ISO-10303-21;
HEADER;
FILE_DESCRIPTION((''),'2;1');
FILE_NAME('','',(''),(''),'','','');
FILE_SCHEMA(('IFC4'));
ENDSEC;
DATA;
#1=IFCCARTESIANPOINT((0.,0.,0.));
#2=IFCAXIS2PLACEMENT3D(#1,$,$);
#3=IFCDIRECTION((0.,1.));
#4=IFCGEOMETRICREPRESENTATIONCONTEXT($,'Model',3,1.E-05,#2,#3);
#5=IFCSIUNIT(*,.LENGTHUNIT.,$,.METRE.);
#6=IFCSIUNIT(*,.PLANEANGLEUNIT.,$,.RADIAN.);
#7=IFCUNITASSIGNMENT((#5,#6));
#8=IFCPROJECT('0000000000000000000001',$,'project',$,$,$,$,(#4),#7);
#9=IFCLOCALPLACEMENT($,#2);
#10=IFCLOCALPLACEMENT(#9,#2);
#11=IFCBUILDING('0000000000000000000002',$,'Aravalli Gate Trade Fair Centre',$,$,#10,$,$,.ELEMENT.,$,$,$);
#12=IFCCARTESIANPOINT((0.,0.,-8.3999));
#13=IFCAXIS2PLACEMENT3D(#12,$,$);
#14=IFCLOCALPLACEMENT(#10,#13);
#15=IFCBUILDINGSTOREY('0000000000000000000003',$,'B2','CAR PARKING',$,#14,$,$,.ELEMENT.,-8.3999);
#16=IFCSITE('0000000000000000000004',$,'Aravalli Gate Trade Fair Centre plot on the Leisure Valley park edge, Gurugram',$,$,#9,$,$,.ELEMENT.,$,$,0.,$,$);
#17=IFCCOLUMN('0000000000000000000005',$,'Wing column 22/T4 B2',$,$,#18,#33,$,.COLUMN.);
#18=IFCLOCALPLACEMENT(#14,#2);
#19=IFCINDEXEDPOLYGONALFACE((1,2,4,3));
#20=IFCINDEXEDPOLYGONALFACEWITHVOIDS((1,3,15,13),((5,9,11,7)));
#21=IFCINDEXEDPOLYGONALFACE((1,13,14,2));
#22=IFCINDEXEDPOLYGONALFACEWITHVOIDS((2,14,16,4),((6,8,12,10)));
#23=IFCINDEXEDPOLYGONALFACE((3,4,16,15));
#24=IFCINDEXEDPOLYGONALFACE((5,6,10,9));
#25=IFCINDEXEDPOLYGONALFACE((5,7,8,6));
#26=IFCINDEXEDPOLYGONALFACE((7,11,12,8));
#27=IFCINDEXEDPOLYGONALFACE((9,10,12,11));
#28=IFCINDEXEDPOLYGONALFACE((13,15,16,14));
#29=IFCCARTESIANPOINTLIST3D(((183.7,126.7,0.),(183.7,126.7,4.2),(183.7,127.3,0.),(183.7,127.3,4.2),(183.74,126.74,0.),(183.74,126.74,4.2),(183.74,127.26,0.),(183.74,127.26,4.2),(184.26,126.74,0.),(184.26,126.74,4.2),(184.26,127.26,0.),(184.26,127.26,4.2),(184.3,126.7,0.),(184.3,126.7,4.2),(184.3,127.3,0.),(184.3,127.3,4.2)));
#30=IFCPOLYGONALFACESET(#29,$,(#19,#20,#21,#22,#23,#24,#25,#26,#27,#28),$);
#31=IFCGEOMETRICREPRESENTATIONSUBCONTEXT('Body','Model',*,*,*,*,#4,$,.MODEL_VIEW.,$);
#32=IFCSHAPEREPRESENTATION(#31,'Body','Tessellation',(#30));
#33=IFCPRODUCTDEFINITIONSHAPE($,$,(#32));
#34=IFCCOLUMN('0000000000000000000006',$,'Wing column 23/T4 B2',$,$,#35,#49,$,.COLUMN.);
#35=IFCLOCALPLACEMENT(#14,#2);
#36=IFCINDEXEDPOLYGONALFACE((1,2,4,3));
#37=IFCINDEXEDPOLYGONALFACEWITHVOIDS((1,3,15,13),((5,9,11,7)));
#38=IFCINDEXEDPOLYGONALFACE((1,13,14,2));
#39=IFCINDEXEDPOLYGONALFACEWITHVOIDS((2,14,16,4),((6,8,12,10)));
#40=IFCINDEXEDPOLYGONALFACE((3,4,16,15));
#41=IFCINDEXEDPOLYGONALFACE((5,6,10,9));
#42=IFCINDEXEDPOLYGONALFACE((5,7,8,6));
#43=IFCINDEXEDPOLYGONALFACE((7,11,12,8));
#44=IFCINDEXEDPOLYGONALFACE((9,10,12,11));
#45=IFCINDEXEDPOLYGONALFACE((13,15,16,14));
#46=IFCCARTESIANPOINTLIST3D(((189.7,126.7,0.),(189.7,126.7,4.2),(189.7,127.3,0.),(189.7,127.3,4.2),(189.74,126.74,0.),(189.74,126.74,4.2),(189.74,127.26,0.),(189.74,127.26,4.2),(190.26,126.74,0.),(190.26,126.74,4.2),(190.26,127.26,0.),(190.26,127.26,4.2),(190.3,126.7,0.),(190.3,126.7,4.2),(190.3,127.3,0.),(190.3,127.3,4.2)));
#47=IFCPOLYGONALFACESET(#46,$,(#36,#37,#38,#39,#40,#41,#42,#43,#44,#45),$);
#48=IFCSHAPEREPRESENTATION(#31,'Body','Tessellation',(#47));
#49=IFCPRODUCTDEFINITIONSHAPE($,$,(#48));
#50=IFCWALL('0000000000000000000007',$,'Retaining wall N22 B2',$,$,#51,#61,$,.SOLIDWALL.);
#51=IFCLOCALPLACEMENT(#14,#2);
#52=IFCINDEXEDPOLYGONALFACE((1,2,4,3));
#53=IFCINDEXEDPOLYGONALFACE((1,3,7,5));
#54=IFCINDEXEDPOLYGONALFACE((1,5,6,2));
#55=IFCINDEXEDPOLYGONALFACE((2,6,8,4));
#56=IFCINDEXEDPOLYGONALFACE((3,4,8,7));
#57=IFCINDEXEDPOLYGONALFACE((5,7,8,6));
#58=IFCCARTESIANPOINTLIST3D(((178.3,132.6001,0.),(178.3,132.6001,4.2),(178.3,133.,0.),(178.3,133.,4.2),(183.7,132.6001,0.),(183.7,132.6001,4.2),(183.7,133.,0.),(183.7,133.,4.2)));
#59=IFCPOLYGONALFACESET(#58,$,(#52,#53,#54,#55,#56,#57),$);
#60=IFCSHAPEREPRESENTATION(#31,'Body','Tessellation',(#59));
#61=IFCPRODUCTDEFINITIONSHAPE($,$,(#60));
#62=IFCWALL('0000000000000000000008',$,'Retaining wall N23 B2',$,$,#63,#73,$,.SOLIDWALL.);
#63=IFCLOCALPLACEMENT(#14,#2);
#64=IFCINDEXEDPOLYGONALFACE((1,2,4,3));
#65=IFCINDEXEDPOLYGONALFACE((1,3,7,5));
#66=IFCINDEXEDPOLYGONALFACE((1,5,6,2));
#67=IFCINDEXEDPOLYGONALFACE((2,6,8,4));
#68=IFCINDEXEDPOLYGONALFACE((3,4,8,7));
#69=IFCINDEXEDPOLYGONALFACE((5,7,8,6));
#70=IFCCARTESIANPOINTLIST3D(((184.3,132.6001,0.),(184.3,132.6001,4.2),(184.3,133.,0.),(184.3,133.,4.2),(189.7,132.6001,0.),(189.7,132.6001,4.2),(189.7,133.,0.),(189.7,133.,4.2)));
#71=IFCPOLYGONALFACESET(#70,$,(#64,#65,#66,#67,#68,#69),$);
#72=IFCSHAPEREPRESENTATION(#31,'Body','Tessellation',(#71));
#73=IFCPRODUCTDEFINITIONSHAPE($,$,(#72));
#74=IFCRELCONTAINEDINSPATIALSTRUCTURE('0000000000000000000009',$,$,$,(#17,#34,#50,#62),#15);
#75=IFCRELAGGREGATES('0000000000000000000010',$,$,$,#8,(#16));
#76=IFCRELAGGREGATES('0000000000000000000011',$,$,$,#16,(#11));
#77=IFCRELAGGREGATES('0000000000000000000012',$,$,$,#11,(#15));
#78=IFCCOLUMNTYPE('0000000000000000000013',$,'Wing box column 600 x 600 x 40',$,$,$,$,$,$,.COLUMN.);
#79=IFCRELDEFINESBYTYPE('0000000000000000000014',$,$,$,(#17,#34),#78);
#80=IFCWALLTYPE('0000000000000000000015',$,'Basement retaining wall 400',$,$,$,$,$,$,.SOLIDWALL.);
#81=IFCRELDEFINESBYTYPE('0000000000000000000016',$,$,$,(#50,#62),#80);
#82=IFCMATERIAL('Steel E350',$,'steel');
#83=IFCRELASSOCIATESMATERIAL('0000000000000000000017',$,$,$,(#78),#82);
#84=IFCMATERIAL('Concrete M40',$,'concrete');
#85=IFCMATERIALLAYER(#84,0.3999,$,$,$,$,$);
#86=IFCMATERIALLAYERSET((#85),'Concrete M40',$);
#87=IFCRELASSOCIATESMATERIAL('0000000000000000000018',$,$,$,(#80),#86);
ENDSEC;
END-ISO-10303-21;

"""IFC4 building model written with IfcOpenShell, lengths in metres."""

from ifc_helpers import new_model, si_unit, direction, frame, frame_2d, origin, origin_2d, place, context, subcontext, project, spatial, rectangle, hollow_rectangle, extrude, material, layer, layer_set, material_profile, profile_set, type_object, element, save


model = new_model("IFC4")

# Units and contexts
model_context = context("Model", 3, precision=1e-05, world=origin(), true_north=direction((0.0, 1.0)))
body_context = subcontext(model_context, "Body", "Model", "MODEL_VIEW")
ifc_project = project(units=[si_unit("LENGTHUNIT", "METRE"), si_unit("PLANEANGLEUNIT", "RADIAN")], contexts=[model_context])

# Site, building, storey
site_placement = place(None, origin())
site = spatial("IfcSite", under=ifc_project, at=site_placement, Name="Aravalli Gate Trade Fair Centre plot on the Leisure Valley park edge, Gurugram", CompositionType="ELEMENT", RefElevation=0.0)
building_placement = place(site_placement, origin())
building = spatial("IfcBuilding", under=site, at=building_placement, Name="Aravalli Gate Trade Fair Centre", CompositionType="ELEMENT")
storey_placement = place(building_placement, frame((0.0, 0.0, -8.3999)))
storey = spatial("IfcBuildingStorey", under=building, at=storey_placement, Name="B2", Description="CAR PARKING", CompositionType="ELEMENT", Elevation=-8.3999)

# Columns
ifc_material_1 = material(Name="Steel E350", Category="steel")
ifc_material_profile_1 = material_profile(ifc_material_1, hollow_rectangle(XDim=0.6001, YDim=0.6001, WallThickness=0.04, at=origin_2d()), Name="BOX 600x600x40")
ifc_profile_set_1 = profile_set([ifc_material_profile_1], Name="Steel E350")
column_type = type_object("IfcColumnType", Name="Wing box column 600 x 600 x 40", PredefinedType="COLUMN", material=ifc_profile_set_1)
for number, where, z_axis, x_axis, name in (
    (1, (184.0, 127.0, 0.0), (0.0, 0.0, 1.0), (1.0, 0.0, 0.0), "Wing column 22/T4 B2"),
    (2, (190.0, 127.0, 0.0), (0.0, 0.0, 1.0), (1.0, 0.0, 0.0), "Wing column 23/T4 B2"),
):
    element("IfcColumn", number, at=place(storey_placement, frame(where, z_axis=z_axis, x_axis=x_axis)), inside=storey, type_object=column_type, Name=name, PredefinedType="COLUMN", context=body_context, shape_type="SweptSolid", body=[
        extrude(hollow_rectangle(XDim=0.6001, YDim=0.6001, WallThickness=0.04, at=origin_2d()), origin(), (0.0, 0.0, 1.0), 4.2),
    ])

# Walls
ifc_material_2 = material(Name="Concrete M40", Category="concrete")
ifc_layer = layer(ifc_material_2, 0.3999)
ifc_layer_set = layer_set([ifc_layer], Name="Concrete M40")
wall_type = type_object("IfcWallType", Name="Basement retaining wall 400", PredefinedType="SOLIDWALL", material=ifc_layer_set)
for number, where, z_axis, x_axis, name in (
    (3, (178.3, 132.8, 0.0), (0.0, 0.0, 1.0), (1.0, 0.0, 0.0), "Retaining wall N22 B2"),
    (4, (184.3, 132.8, 0.0), (0.0, 0.0, 1.0), (1.0, 0.0, 0.0), "Retaining wall N23 B2"),
):
    element("IfcWall", number, at=place(storey_placement, frame(where, z_axis=z_axis, x_axis=x_axis)), inside=storey, type_object=wall_type, Name=name, PredefinedType="SOLIDWALL", context=body_context, shape_type="SweptSolid", body=[
        extrude(rectangle(XDim=5.3999, YDim=0.3999, at=frame_2d((2.7, 0.0))), origin(), (0.0, 0.0, 1.0), 4.2),
    ])

save(model, "model.ifc")
